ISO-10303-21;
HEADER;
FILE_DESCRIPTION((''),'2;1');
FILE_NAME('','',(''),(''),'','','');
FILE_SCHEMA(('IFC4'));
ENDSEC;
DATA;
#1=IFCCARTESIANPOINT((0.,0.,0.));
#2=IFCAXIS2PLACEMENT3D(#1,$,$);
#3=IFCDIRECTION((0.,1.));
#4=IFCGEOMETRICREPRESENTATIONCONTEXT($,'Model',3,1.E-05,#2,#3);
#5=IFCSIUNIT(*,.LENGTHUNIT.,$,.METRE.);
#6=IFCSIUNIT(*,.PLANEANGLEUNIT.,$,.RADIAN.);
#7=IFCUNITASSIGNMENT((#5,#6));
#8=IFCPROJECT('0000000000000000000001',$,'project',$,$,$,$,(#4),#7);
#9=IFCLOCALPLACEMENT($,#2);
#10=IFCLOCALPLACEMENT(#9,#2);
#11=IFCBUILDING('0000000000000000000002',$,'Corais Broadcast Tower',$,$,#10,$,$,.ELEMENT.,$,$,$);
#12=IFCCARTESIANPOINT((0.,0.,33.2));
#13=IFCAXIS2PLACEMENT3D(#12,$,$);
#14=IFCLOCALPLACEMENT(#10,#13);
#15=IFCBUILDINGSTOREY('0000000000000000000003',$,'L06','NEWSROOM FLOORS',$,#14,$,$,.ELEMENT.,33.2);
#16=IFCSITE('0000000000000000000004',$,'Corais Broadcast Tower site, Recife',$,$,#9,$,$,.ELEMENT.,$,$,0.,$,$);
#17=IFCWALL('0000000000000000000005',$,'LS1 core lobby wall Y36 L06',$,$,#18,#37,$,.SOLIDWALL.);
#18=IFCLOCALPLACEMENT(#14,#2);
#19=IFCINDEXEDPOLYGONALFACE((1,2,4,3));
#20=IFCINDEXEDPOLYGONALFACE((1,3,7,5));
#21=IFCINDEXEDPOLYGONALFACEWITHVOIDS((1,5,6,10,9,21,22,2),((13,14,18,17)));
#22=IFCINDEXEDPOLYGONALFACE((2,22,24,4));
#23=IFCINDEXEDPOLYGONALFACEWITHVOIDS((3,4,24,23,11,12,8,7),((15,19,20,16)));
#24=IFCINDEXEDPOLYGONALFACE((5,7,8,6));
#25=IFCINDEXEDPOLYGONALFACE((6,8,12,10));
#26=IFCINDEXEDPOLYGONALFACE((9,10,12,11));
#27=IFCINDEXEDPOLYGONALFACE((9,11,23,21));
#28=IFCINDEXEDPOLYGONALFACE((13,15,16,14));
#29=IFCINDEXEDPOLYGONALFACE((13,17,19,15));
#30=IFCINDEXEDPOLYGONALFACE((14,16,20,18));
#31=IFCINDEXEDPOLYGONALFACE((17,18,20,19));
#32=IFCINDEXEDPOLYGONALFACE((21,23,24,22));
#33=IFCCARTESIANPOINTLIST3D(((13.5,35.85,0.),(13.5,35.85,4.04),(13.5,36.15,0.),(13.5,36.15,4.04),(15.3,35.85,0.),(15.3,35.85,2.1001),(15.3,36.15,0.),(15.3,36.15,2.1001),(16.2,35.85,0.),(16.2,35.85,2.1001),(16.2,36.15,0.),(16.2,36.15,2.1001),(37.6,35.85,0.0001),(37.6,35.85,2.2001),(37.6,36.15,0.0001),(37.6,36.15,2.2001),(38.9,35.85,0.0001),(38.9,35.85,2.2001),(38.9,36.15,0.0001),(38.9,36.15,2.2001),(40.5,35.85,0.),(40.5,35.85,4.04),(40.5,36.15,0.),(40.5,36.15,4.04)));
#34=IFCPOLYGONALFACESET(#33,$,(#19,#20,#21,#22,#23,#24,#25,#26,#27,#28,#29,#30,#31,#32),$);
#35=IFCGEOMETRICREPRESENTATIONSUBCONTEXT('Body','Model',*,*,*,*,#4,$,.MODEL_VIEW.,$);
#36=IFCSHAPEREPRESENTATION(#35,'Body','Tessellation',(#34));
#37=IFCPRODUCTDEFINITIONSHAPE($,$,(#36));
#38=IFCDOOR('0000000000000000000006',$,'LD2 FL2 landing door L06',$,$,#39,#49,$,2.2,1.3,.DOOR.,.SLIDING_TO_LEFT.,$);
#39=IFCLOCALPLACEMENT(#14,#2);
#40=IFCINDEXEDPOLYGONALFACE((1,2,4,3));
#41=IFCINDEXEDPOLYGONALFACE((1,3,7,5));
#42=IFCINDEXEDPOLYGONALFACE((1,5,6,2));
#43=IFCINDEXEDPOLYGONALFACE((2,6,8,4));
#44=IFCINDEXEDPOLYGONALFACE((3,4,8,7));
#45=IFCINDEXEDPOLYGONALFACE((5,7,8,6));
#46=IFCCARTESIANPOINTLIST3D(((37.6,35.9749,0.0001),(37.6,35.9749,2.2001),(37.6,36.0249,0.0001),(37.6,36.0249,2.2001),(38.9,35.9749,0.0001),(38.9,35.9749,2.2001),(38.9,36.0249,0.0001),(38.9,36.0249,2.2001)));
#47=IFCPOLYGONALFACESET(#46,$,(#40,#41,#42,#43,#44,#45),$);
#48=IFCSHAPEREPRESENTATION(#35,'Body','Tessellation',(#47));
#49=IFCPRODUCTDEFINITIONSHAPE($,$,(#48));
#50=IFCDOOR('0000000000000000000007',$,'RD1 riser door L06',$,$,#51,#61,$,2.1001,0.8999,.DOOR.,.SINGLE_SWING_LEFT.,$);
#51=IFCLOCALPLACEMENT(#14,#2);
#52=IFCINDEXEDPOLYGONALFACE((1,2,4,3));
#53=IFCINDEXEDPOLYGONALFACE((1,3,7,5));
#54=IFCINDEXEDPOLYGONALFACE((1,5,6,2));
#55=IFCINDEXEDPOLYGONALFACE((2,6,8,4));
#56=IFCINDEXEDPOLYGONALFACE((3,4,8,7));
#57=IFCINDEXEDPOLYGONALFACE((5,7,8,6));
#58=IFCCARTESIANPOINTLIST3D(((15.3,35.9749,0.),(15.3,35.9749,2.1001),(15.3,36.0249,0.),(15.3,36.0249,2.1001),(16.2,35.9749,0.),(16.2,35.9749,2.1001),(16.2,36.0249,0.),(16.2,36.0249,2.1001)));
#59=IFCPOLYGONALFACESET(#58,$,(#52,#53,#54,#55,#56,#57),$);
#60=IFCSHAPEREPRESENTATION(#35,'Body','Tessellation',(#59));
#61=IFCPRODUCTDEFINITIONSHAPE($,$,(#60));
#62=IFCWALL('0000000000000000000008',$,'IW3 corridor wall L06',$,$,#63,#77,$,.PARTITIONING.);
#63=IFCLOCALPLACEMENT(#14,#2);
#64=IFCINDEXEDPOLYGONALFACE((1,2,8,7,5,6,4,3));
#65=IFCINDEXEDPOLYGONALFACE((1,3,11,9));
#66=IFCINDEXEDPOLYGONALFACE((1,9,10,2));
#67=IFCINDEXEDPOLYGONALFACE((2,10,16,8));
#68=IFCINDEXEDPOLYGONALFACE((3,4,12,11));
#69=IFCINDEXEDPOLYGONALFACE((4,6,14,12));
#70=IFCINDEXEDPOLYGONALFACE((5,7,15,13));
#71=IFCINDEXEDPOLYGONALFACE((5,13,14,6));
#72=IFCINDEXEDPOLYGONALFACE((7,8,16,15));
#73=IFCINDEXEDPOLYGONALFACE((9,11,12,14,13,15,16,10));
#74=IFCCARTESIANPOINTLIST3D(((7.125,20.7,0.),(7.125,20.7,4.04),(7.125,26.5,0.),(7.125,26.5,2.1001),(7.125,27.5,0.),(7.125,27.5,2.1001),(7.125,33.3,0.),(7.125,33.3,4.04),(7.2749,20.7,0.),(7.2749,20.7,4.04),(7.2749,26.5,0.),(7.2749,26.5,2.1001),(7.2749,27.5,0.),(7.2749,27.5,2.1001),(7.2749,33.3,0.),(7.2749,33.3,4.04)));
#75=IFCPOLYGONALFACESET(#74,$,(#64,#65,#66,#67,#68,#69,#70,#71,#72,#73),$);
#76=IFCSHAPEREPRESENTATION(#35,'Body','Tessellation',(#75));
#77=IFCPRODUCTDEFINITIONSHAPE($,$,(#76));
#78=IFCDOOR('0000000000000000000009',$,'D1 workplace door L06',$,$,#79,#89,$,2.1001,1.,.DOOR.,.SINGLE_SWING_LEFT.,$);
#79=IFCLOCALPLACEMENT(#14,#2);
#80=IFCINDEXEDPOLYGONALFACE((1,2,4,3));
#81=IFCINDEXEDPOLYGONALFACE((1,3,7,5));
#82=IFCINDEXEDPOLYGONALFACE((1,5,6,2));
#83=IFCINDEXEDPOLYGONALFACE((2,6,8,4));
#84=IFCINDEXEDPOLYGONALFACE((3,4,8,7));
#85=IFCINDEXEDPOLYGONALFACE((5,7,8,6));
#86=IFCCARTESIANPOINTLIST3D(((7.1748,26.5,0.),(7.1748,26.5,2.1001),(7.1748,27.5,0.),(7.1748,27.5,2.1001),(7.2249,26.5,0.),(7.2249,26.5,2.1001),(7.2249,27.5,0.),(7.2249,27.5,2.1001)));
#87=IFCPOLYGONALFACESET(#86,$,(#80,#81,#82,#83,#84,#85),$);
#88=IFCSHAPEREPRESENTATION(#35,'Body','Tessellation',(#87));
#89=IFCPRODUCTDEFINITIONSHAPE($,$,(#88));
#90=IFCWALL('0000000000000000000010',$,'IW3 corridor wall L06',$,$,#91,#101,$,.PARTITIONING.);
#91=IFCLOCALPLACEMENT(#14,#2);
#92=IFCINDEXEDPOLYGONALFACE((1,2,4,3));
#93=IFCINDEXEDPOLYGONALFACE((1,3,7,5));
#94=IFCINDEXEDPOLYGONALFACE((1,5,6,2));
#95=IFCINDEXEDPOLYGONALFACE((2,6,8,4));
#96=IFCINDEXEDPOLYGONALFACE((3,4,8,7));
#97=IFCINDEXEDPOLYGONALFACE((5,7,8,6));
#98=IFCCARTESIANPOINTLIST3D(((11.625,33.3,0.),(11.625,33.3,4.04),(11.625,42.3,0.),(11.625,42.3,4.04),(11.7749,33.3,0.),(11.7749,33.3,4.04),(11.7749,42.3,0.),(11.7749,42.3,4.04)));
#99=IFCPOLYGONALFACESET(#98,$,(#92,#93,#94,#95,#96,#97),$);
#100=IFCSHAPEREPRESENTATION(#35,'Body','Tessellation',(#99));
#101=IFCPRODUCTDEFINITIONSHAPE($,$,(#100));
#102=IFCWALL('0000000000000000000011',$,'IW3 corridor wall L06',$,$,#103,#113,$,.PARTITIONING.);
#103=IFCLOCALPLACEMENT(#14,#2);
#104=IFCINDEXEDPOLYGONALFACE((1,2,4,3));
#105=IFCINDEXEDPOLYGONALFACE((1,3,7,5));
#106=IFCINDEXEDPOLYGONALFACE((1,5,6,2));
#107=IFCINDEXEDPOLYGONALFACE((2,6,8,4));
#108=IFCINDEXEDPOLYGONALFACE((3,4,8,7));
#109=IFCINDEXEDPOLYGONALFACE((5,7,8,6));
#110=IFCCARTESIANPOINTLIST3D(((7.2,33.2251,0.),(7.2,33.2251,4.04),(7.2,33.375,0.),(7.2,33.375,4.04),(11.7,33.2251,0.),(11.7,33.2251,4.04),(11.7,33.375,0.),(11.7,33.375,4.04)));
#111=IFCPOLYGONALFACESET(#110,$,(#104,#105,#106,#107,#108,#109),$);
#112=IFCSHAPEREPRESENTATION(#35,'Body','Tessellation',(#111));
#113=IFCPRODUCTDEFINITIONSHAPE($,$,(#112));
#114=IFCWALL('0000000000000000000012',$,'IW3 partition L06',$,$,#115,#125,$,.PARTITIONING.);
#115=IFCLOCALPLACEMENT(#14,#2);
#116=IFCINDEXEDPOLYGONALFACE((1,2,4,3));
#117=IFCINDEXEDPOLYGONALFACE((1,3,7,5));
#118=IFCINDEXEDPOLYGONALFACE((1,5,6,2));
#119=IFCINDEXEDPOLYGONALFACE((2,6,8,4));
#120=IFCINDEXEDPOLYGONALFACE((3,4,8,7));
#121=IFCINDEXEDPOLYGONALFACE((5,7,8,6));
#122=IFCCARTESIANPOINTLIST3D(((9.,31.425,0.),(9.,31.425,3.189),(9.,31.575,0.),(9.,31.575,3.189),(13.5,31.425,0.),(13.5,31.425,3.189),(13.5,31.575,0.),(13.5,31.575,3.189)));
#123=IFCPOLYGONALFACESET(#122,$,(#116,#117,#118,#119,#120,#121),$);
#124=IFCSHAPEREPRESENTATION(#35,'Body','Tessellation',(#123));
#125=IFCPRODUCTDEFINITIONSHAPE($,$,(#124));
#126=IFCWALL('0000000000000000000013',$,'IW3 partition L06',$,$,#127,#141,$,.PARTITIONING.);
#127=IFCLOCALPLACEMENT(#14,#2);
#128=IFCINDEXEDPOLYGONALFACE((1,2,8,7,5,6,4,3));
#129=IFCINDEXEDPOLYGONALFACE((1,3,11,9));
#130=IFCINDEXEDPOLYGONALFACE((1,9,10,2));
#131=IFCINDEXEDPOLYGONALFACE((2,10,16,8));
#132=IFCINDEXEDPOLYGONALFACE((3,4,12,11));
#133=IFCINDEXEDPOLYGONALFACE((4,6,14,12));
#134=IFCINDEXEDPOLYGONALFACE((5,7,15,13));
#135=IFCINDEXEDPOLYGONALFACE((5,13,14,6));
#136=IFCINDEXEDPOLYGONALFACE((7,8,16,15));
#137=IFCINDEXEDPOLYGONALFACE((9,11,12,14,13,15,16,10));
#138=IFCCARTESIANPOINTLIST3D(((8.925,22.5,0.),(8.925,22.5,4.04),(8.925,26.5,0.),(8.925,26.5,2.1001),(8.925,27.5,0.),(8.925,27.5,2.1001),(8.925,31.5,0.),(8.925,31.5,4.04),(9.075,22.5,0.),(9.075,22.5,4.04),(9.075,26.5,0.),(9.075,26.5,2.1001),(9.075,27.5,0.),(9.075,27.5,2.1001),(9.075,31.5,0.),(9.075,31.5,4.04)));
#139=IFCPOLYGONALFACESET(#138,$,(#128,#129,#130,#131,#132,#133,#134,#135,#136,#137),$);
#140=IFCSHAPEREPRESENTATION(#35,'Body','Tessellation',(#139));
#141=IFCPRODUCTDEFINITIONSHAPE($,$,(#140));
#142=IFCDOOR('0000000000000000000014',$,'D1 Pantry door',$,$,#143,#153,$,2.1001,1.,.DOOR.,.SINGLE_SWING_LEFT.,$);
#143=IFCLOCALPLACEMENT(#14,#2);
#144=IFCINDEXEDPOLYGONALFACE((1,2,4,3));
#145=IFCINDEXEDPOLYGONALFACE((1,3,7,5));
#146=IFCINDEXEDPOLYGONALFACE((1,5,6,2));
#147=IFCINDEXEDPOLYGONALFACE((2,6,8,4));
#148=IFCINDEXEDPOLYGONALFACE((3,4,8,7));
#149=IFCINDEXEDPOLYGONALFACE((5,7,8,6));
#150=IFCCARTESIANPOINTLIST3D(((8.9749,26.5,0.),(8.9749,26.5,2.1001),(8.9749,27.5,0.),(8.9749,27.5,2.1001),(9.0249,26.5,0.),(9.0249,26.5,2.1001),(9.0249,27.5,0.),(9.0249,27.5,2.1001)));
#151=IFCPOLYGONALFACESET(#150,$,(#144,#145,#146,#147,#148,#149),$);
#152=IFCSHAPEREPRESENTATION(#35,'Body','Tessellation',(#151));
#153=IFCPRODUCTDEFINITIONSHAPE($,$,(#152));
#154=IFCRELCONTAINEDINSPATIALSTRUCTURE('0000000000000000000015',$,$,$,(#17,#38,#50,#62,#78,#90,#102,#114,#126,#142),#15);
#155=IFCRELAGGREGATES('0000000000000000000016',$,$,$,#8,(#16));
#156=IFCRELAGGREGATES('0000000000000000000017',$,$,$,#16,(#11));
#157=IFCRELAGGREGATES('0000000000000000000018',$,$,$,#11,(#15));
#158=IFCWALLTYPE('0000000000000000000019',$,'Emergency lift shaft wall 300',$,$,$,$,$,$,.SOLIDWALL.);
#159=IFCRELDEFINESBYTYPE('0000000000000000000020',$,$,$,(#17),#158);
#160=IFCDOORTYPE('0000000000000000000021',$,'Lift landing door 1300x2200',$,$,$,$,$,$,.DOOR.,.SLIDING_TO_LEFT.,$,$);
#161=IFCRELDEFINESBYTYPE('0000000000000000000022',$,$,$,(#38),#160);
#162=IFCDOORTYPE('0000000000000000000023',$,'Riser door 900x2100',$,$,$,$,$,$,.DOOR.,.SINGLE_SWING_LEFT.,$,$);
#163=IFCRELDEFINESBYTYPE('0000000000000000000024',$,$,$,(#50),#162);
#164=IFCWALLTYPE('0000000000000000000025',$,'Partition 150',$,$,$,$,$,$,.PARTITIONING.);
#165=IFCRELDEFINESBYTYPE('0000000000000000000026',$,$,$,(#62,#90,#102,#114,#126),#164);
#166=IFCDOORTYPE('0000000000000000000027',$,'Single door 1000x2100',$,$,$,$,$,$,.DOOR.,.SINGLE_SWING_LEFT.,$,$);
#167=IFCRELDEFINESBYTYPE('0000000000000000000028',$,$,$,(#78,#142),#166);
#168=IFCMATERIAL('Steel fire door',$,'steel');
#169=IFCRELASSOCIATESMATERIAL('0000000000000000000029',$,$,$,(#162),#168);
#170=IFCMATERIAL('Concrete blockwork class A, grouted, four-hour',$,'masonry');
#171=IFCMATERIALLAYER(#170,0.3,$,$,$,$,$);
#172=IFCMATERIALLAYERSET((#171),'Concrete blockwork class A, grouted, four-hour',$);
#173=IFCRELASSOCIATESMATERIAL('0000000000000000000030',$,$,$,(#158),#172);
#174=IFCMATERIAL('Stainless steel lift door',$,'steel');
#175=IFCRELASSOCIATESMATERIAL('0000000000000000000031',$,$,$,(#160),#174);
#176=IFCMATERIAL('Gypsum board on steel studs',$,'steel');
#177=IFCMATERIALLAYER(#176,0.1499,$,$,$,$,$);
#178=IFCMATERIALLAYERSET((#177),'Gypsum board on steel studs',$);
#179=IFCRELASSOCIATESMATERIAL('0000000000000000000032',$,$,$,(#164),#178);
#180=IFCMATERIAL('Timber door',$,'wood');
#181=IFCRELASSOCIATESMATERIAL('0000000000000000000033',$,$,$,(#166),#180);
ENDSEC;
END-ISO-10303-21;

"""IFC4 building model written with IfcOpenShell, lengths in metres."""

from ifc_helpers import new_model, si_unit, direction, frame, frame_2d, origin, place, context, subcontext, project, spatial, rectangle, extrude, material, layer, layer_set, type_object, element, fill, save


model = new_model("IFC4")

# Units and contexts
model_context = context("Model", 3, precision=1e-05, world=origin(), true_north=direction((0.0, 1.0)))
body_context = subcontext(model_context, "Body", "Model", "MODEL_VIEW")
ifc_project = project(units=[si_unit("LENGTHUNIT", "METRE"), si_unit("PLANEANGLEUNIT", "RADIAN")], contexts=[model_context])

# Site, building, storey
site_placement = place(None, origin())
site = spatial("IfcSite", under=ifc_project, at=site_placement, Name="Corais Broadcast Tower site, Recife", CompositionType="ELEMENT", RefElevation=0.0)
building_placement = place(site_placement, origin())
building = spatial("IfcBuilding", under=site, at=building_placement, Name="Corais Broadcast Tower", CompositionType="ELEMENT")
storey_placement = place(building_placement, frame((0.0, 0.0, 33.2)))
storey = spatial("IfcBuildingStorey", under=building, at=storey_placement, Name="L06", Description="NEWSROOM FLOORS", CompositionType="ELEMENT", Elevation=33.2)

# Wall, openings, doors
ifc_material_1 = material(Name="Steel fire door", Category="steel")
door_type_1 = type_object("IfcDoorType", Name="Riser door 900x2100", OperationType="SINGLE_SWING_LEFT", PredefinedType="DOOR", material=ifc_material_1)
ifc_material_2 = material(Name="Concrete blockwork class A, grouted, four-hour", Category="masonry")
ifc_layer_1 = layer(ifc_material_2, 0.3)
ifc_layer_set_1 = layer_set([ifc_layer_1], Name="Concrete blockwork class A, grouted, four-hour")
wall_type_1 = type_object("IfcWallType", Name="Emergency lift shaft wall 300", PredefinedType="SOLIDWALL", material=ifc_layer_set_1)
wall_1_placement = place(storey_placement, frame((13.5, 36.0, 0.0), z_axis=(0.0, 0.0, 1.0), x_axis=(1.0, 0.0, 0.0)))
wall_1 = element("IfcWall", 1, at=wall_1_placement, inside=storey, type_object=wall_type_1, Name="LS1 core lobby wall Y36 L06", PredefinedType="SOLIDWALL", context=body_context, shape_type="SweptSolid", body=[
    extrude(rectangle(XDim=27.0, YDim=0.3, at=frame_2d((13.5, 0.0))), origin(), (0.0, 0.0, 1.0), 4.04),
])
opening_1_placement = place(wall_1_placement, frame((1.8, 0.0, 0.0)))
opening_1 = element("IfcOpeningElement", 2, at=opening_1_placement, cuts=wall_1, PredefinedType="OPENING", context=body_context, shape_type="SweptSolid", body=[
    extrude(rectangle(XDim=0.8999, YDim=2.1001, at=frame_2d((0.45, 1.05))), frame((0.0, 0.1599, 0.0), z_axis=(0.0, -1.0, 0.0), x_axis=(1.0, 0.0, 0.0)), (0.0, 0.0, 1.0), 0.3201),
])
opening_2_placement = place(wall_1_placement, frame((24.1001, 0.0, 0.0)))
opening_2 = element("IfcOpeningElement", 3, at=opening_2_placement, cuts=wall_1, PredefinedType="OPENING", context=body_context, shape_type="SweptSolid", body=[
    extrude(rectangle(XDim=1.3, YDim=2.2, at=frame_2d((0.6499, 1.1001))), frame((0.0, 0.1599, 0.0), z_axis=(0.0, -1.0, 0.0), x_axis=(1.0, 0.0, 0.0)), (0.0, 0.0, 1.0), 0.3201),
])
ifc_material_3 = material(Name="Stainless steel lift door", Category="steel")
door_type_2 = type_object("IfcDoorType", Name="Lift landing door 1300x2200", OperationType="SLIDING_TO_LEFT", PredefinedType="DOOR", material=ifc_material_3)
door_1_placement = place(opening_2_placement, origin())
door_1 = element("IfcDoor", 4, at=door_1_placement, inside=storey, type_object=door_type_2, Name="LD2 FL2 landing door L06", OperationType="SLIDING_TO_LEFT", OverallHeight=2.2, OverallWidth=1.3, PredefinedType="DOOR", context=body_context, shape_type="SweptSolid", body=[
    extrude(rectangle(XDim=1.3, YDim=2.2, at=frame_2d((0.6499, 1.1001))), frame((0.0, 0.0249, 0.0), z_axis=(0.0, -1.0, 0.0), x_axis=(1.0, 0.0, 0.0)), (0.0, 0.0, 1.0), 0.05),
])
fill(opening_2, door_1)
door_2_placement = place(opening_1_placement, origin())
door_2 = element("IfcDoor", 5, at=door_2_placement, inside=storey, type_object=door_type_1, Name="RD1 riser door L06", OperationType="SINGLE_SWING_LEFT", OverallHeight=2.1001, OverallWidth=0.8999, PredefinedType="DOOR", context=body_context, shape_type="SweptSolid", body=[
    extrude(rectangle(XDim=0.8999, YDim=2.1001, at=frame_2d((0.45, 1.05))), frame((0.0, 0.0249, 0.0), z_axis=(0.0, -1.0, 0.0), x_axis=(1.0, 0.0, 0.0)), (0.0, 0.0, 1.0), 0.05),
])
fill(opening_1, door_2)

# Wall, opening, door
ifc_material_4 = material(Name="Gypsum board on steel studs", Category="steel")
ifc_layer_2 = layer(ifc_material_4, 0.1499)
ifc_layer_set_2 = layer_set([ifc_layer_2], Name="Gypsum board on steel studs")
wall_type_2 = type_object("IfcWallType", Name="Partition 150", PredefinedType="PARTITIONING", material=ifc_layer_set_2)
wall_2_placement = place(storey_placement, frame((7.2, 33.3, 0.0), z_axis=(0.0, 0.0, 1.0), x_axis=(0.0, -1.0, 0.0)))
wall_2 = element("IfcWall", 6, at=wall_2_placement, inside=storey, type_object=wall_type_2, Name="IW3 corridor wall L06", PredefinedType="PARTITIONING", context=body_context, shape_type="SweptSolid", body=[
    extrude(rectangle(XDim=12.6001, YDim=0.1499, at=frame_2d((6.3, 0.0))), origin(), (0.0, 0.0, 1.0), 4.04),
])
opening_3_placement = place(wall_2_placement, frame((5.8, 0.0, 0.0)))
opening_3 = element("IfcOpeningElement", 7, at=opening_3_placement, cuts=wall_2, PredefinedType="OPENING", context=body_context, shape_type="SweptSolid", body=[
    extrude(rectangle(XDim=1.0, YDim=2.1001, at=frame_2d((0.5, 1.05))), frame((0.0, 0.085, 0.0), z_axis=(0.0, -1.0, 0.0), x_axis=(1.0, 0.0, 0.0)), (0.0, 0.0, 1.0), 0.1699),
])
ifc_material_5 = material(Name="Timber door", Category="wood")
door_type_3 = type_object("IfcDoorType", Name="Single door 1000x2100", OperationType="SINGLE_SWING_LEFT", PredefinedType="DOOR", material=ifc_material_5)
door_3_placement = place(opening_3_placement, origin())
door_3 = element("IfcDoor", 8, at=door_3_placement, inside=storey, type_object=door_type_3, Name="D1 workplace door L06", OperationType="SINGLE_SWING_LEFT", OverallHeight=2.1001, OverallWidth=1.0, PredefinedType="DOOR", context=body_context, shape_type="SweptSolid", body=[
    extrude(rectangle(XDim=1.0, YDim=2.1001, at=frame_2d((0.5, 1.05))), frame((0.0, 0.0249, 0.0), z_axis=(0.0, -1.0, 0.0), x_axis=(1.0, 0.0, 0.0)), (0.0, 0.0, 1.0), 0.05),
])
fill(opening_3, door_3)

# Walls
wall_3_placement = place(storey_placement, frame((11.7, 42.3, 0.0), z_axis=(0.0, 0.0, 1.0), x_axis=(0.0, -1.0, 0.0)))
element("IfcWall", 9, at=wall_3_placement, inside=storey, type_object=wall_type_2, Name="IW3 corridor wall L06", PredefinedType="PARTITIONING", context=body_context, shape_type="SweptSolid", body=[
    extrude(rectangle(XDim=9.0, YDim=0.1499, at=frame_2d((4.5, 0.0))), origin(), (0.0, 0.0, 1.0), 4.04),
])
wall_4_placement = place(storey_placement, frame((11.7, 33.3, 0.0), z_axis=(0.0, 0.0, 1.0), x_axis=(-1.0, 0.0, 0.0)))
element("IfcWall", 10, at=wall_4_placement, inside=storey, type_object=wall_type_2, Name="IW3 corridor wall L06", PredefinedType="PARTITIONING", context=body_context, shape_type="SweptSolid", body=[
    extrude(rectangle(XDim=4.5, YDim=0.1499, at=frame_2d((2.25, 0.0))), origin(), (0.0, 0.0, 1.0), 4.04),
])
wall_5_placement = place(storey_placement, frame((13.5, 31.5, 0.0), z_axis=(0.0, 0.0, 1.0), x_axis=(-1.0, 0.0, 0.0)))
element("IfcWall", 11, at=wall_5_placement, inside=storey, type_object=wall_type_2, Name="IW3 partition L06", PredefinedType="PARTITIONING", context=body_context, shape_type="SweptSolid", body=[
    extrude(rectangle(XDim=4.5, YDim=0.1499, at=frame_2d((2.25, 0.0))), origin(), (0.0, 0.0, 1.0), 3.189),
])

# Wall, opening, door
wall_6_placement = place(storey_placement, frame((9.0, 31.5, 0.0), z_axis=(0.0, 0.0, 1.0), x_axis=(0.0, -1.0, 0.0)))
wall_6 = element("IfcWall", 12, at=wall_6_placement, inside=storey, type_object=wall_type_2, Name="IW3 partition L06", PredefinedType="PARTITIONING", context=body_context, shape_type="SweptSolid", body=[
    extrude(rectangle(XDim=9.0, YDim=0.1499, at=frame_2d((4.5, 0.0))), origin(), (0.0, 0.0, 1.0), 4.04),
])
opening_4_placement = place(wall_6_placement, frame((4.0, 0.0, 0.0)))
opening_4 = element("IfcOpeningElement", 13, at=opening_4_placement, cuts=wall_6, PredefinedType="OPENING", context=body_context, shape_type="SweptSolid", body=[
    extrude(rectangle(XDim=1.0, YDim=2.1001, at=frame_2d((0.5, 1.05))), frame((0.0, 0.085, 0.0), z_axis=(0.0, -1.0, 0.0), x_axis=(1.0, 0.0, 0.0)), (0.0, 0.0, 1.0), 0.1699),
])
door_4_placement = place(opening_4_placement, origin())
door_4 = element("IfcDoor", 14, at=door_4_placement, inside=storey, type_object=door_type_3, Name="D1 Pantry door", OperationType="SINGLE_SWING_LEFT", OverallHeight=2.1001, OverallWidth=1.0, PredefinedType="DOOR", context=body_context, shape_type="SweptSolid", body=[
    extrude(rectangle(XDim=1.0, YDim=2.1001, at=frame_2d((0.5, 1.05))), frame((0.0, 0.0249, 0.0), z_axis=(0.0, -1.0, 0.0), x_axis=(1.0, 0.0, 0.0)), (0.0, 0.0, 1.0), 0.05),
])
fill(opening_4, door_4)

save(model, "model.ifc")
